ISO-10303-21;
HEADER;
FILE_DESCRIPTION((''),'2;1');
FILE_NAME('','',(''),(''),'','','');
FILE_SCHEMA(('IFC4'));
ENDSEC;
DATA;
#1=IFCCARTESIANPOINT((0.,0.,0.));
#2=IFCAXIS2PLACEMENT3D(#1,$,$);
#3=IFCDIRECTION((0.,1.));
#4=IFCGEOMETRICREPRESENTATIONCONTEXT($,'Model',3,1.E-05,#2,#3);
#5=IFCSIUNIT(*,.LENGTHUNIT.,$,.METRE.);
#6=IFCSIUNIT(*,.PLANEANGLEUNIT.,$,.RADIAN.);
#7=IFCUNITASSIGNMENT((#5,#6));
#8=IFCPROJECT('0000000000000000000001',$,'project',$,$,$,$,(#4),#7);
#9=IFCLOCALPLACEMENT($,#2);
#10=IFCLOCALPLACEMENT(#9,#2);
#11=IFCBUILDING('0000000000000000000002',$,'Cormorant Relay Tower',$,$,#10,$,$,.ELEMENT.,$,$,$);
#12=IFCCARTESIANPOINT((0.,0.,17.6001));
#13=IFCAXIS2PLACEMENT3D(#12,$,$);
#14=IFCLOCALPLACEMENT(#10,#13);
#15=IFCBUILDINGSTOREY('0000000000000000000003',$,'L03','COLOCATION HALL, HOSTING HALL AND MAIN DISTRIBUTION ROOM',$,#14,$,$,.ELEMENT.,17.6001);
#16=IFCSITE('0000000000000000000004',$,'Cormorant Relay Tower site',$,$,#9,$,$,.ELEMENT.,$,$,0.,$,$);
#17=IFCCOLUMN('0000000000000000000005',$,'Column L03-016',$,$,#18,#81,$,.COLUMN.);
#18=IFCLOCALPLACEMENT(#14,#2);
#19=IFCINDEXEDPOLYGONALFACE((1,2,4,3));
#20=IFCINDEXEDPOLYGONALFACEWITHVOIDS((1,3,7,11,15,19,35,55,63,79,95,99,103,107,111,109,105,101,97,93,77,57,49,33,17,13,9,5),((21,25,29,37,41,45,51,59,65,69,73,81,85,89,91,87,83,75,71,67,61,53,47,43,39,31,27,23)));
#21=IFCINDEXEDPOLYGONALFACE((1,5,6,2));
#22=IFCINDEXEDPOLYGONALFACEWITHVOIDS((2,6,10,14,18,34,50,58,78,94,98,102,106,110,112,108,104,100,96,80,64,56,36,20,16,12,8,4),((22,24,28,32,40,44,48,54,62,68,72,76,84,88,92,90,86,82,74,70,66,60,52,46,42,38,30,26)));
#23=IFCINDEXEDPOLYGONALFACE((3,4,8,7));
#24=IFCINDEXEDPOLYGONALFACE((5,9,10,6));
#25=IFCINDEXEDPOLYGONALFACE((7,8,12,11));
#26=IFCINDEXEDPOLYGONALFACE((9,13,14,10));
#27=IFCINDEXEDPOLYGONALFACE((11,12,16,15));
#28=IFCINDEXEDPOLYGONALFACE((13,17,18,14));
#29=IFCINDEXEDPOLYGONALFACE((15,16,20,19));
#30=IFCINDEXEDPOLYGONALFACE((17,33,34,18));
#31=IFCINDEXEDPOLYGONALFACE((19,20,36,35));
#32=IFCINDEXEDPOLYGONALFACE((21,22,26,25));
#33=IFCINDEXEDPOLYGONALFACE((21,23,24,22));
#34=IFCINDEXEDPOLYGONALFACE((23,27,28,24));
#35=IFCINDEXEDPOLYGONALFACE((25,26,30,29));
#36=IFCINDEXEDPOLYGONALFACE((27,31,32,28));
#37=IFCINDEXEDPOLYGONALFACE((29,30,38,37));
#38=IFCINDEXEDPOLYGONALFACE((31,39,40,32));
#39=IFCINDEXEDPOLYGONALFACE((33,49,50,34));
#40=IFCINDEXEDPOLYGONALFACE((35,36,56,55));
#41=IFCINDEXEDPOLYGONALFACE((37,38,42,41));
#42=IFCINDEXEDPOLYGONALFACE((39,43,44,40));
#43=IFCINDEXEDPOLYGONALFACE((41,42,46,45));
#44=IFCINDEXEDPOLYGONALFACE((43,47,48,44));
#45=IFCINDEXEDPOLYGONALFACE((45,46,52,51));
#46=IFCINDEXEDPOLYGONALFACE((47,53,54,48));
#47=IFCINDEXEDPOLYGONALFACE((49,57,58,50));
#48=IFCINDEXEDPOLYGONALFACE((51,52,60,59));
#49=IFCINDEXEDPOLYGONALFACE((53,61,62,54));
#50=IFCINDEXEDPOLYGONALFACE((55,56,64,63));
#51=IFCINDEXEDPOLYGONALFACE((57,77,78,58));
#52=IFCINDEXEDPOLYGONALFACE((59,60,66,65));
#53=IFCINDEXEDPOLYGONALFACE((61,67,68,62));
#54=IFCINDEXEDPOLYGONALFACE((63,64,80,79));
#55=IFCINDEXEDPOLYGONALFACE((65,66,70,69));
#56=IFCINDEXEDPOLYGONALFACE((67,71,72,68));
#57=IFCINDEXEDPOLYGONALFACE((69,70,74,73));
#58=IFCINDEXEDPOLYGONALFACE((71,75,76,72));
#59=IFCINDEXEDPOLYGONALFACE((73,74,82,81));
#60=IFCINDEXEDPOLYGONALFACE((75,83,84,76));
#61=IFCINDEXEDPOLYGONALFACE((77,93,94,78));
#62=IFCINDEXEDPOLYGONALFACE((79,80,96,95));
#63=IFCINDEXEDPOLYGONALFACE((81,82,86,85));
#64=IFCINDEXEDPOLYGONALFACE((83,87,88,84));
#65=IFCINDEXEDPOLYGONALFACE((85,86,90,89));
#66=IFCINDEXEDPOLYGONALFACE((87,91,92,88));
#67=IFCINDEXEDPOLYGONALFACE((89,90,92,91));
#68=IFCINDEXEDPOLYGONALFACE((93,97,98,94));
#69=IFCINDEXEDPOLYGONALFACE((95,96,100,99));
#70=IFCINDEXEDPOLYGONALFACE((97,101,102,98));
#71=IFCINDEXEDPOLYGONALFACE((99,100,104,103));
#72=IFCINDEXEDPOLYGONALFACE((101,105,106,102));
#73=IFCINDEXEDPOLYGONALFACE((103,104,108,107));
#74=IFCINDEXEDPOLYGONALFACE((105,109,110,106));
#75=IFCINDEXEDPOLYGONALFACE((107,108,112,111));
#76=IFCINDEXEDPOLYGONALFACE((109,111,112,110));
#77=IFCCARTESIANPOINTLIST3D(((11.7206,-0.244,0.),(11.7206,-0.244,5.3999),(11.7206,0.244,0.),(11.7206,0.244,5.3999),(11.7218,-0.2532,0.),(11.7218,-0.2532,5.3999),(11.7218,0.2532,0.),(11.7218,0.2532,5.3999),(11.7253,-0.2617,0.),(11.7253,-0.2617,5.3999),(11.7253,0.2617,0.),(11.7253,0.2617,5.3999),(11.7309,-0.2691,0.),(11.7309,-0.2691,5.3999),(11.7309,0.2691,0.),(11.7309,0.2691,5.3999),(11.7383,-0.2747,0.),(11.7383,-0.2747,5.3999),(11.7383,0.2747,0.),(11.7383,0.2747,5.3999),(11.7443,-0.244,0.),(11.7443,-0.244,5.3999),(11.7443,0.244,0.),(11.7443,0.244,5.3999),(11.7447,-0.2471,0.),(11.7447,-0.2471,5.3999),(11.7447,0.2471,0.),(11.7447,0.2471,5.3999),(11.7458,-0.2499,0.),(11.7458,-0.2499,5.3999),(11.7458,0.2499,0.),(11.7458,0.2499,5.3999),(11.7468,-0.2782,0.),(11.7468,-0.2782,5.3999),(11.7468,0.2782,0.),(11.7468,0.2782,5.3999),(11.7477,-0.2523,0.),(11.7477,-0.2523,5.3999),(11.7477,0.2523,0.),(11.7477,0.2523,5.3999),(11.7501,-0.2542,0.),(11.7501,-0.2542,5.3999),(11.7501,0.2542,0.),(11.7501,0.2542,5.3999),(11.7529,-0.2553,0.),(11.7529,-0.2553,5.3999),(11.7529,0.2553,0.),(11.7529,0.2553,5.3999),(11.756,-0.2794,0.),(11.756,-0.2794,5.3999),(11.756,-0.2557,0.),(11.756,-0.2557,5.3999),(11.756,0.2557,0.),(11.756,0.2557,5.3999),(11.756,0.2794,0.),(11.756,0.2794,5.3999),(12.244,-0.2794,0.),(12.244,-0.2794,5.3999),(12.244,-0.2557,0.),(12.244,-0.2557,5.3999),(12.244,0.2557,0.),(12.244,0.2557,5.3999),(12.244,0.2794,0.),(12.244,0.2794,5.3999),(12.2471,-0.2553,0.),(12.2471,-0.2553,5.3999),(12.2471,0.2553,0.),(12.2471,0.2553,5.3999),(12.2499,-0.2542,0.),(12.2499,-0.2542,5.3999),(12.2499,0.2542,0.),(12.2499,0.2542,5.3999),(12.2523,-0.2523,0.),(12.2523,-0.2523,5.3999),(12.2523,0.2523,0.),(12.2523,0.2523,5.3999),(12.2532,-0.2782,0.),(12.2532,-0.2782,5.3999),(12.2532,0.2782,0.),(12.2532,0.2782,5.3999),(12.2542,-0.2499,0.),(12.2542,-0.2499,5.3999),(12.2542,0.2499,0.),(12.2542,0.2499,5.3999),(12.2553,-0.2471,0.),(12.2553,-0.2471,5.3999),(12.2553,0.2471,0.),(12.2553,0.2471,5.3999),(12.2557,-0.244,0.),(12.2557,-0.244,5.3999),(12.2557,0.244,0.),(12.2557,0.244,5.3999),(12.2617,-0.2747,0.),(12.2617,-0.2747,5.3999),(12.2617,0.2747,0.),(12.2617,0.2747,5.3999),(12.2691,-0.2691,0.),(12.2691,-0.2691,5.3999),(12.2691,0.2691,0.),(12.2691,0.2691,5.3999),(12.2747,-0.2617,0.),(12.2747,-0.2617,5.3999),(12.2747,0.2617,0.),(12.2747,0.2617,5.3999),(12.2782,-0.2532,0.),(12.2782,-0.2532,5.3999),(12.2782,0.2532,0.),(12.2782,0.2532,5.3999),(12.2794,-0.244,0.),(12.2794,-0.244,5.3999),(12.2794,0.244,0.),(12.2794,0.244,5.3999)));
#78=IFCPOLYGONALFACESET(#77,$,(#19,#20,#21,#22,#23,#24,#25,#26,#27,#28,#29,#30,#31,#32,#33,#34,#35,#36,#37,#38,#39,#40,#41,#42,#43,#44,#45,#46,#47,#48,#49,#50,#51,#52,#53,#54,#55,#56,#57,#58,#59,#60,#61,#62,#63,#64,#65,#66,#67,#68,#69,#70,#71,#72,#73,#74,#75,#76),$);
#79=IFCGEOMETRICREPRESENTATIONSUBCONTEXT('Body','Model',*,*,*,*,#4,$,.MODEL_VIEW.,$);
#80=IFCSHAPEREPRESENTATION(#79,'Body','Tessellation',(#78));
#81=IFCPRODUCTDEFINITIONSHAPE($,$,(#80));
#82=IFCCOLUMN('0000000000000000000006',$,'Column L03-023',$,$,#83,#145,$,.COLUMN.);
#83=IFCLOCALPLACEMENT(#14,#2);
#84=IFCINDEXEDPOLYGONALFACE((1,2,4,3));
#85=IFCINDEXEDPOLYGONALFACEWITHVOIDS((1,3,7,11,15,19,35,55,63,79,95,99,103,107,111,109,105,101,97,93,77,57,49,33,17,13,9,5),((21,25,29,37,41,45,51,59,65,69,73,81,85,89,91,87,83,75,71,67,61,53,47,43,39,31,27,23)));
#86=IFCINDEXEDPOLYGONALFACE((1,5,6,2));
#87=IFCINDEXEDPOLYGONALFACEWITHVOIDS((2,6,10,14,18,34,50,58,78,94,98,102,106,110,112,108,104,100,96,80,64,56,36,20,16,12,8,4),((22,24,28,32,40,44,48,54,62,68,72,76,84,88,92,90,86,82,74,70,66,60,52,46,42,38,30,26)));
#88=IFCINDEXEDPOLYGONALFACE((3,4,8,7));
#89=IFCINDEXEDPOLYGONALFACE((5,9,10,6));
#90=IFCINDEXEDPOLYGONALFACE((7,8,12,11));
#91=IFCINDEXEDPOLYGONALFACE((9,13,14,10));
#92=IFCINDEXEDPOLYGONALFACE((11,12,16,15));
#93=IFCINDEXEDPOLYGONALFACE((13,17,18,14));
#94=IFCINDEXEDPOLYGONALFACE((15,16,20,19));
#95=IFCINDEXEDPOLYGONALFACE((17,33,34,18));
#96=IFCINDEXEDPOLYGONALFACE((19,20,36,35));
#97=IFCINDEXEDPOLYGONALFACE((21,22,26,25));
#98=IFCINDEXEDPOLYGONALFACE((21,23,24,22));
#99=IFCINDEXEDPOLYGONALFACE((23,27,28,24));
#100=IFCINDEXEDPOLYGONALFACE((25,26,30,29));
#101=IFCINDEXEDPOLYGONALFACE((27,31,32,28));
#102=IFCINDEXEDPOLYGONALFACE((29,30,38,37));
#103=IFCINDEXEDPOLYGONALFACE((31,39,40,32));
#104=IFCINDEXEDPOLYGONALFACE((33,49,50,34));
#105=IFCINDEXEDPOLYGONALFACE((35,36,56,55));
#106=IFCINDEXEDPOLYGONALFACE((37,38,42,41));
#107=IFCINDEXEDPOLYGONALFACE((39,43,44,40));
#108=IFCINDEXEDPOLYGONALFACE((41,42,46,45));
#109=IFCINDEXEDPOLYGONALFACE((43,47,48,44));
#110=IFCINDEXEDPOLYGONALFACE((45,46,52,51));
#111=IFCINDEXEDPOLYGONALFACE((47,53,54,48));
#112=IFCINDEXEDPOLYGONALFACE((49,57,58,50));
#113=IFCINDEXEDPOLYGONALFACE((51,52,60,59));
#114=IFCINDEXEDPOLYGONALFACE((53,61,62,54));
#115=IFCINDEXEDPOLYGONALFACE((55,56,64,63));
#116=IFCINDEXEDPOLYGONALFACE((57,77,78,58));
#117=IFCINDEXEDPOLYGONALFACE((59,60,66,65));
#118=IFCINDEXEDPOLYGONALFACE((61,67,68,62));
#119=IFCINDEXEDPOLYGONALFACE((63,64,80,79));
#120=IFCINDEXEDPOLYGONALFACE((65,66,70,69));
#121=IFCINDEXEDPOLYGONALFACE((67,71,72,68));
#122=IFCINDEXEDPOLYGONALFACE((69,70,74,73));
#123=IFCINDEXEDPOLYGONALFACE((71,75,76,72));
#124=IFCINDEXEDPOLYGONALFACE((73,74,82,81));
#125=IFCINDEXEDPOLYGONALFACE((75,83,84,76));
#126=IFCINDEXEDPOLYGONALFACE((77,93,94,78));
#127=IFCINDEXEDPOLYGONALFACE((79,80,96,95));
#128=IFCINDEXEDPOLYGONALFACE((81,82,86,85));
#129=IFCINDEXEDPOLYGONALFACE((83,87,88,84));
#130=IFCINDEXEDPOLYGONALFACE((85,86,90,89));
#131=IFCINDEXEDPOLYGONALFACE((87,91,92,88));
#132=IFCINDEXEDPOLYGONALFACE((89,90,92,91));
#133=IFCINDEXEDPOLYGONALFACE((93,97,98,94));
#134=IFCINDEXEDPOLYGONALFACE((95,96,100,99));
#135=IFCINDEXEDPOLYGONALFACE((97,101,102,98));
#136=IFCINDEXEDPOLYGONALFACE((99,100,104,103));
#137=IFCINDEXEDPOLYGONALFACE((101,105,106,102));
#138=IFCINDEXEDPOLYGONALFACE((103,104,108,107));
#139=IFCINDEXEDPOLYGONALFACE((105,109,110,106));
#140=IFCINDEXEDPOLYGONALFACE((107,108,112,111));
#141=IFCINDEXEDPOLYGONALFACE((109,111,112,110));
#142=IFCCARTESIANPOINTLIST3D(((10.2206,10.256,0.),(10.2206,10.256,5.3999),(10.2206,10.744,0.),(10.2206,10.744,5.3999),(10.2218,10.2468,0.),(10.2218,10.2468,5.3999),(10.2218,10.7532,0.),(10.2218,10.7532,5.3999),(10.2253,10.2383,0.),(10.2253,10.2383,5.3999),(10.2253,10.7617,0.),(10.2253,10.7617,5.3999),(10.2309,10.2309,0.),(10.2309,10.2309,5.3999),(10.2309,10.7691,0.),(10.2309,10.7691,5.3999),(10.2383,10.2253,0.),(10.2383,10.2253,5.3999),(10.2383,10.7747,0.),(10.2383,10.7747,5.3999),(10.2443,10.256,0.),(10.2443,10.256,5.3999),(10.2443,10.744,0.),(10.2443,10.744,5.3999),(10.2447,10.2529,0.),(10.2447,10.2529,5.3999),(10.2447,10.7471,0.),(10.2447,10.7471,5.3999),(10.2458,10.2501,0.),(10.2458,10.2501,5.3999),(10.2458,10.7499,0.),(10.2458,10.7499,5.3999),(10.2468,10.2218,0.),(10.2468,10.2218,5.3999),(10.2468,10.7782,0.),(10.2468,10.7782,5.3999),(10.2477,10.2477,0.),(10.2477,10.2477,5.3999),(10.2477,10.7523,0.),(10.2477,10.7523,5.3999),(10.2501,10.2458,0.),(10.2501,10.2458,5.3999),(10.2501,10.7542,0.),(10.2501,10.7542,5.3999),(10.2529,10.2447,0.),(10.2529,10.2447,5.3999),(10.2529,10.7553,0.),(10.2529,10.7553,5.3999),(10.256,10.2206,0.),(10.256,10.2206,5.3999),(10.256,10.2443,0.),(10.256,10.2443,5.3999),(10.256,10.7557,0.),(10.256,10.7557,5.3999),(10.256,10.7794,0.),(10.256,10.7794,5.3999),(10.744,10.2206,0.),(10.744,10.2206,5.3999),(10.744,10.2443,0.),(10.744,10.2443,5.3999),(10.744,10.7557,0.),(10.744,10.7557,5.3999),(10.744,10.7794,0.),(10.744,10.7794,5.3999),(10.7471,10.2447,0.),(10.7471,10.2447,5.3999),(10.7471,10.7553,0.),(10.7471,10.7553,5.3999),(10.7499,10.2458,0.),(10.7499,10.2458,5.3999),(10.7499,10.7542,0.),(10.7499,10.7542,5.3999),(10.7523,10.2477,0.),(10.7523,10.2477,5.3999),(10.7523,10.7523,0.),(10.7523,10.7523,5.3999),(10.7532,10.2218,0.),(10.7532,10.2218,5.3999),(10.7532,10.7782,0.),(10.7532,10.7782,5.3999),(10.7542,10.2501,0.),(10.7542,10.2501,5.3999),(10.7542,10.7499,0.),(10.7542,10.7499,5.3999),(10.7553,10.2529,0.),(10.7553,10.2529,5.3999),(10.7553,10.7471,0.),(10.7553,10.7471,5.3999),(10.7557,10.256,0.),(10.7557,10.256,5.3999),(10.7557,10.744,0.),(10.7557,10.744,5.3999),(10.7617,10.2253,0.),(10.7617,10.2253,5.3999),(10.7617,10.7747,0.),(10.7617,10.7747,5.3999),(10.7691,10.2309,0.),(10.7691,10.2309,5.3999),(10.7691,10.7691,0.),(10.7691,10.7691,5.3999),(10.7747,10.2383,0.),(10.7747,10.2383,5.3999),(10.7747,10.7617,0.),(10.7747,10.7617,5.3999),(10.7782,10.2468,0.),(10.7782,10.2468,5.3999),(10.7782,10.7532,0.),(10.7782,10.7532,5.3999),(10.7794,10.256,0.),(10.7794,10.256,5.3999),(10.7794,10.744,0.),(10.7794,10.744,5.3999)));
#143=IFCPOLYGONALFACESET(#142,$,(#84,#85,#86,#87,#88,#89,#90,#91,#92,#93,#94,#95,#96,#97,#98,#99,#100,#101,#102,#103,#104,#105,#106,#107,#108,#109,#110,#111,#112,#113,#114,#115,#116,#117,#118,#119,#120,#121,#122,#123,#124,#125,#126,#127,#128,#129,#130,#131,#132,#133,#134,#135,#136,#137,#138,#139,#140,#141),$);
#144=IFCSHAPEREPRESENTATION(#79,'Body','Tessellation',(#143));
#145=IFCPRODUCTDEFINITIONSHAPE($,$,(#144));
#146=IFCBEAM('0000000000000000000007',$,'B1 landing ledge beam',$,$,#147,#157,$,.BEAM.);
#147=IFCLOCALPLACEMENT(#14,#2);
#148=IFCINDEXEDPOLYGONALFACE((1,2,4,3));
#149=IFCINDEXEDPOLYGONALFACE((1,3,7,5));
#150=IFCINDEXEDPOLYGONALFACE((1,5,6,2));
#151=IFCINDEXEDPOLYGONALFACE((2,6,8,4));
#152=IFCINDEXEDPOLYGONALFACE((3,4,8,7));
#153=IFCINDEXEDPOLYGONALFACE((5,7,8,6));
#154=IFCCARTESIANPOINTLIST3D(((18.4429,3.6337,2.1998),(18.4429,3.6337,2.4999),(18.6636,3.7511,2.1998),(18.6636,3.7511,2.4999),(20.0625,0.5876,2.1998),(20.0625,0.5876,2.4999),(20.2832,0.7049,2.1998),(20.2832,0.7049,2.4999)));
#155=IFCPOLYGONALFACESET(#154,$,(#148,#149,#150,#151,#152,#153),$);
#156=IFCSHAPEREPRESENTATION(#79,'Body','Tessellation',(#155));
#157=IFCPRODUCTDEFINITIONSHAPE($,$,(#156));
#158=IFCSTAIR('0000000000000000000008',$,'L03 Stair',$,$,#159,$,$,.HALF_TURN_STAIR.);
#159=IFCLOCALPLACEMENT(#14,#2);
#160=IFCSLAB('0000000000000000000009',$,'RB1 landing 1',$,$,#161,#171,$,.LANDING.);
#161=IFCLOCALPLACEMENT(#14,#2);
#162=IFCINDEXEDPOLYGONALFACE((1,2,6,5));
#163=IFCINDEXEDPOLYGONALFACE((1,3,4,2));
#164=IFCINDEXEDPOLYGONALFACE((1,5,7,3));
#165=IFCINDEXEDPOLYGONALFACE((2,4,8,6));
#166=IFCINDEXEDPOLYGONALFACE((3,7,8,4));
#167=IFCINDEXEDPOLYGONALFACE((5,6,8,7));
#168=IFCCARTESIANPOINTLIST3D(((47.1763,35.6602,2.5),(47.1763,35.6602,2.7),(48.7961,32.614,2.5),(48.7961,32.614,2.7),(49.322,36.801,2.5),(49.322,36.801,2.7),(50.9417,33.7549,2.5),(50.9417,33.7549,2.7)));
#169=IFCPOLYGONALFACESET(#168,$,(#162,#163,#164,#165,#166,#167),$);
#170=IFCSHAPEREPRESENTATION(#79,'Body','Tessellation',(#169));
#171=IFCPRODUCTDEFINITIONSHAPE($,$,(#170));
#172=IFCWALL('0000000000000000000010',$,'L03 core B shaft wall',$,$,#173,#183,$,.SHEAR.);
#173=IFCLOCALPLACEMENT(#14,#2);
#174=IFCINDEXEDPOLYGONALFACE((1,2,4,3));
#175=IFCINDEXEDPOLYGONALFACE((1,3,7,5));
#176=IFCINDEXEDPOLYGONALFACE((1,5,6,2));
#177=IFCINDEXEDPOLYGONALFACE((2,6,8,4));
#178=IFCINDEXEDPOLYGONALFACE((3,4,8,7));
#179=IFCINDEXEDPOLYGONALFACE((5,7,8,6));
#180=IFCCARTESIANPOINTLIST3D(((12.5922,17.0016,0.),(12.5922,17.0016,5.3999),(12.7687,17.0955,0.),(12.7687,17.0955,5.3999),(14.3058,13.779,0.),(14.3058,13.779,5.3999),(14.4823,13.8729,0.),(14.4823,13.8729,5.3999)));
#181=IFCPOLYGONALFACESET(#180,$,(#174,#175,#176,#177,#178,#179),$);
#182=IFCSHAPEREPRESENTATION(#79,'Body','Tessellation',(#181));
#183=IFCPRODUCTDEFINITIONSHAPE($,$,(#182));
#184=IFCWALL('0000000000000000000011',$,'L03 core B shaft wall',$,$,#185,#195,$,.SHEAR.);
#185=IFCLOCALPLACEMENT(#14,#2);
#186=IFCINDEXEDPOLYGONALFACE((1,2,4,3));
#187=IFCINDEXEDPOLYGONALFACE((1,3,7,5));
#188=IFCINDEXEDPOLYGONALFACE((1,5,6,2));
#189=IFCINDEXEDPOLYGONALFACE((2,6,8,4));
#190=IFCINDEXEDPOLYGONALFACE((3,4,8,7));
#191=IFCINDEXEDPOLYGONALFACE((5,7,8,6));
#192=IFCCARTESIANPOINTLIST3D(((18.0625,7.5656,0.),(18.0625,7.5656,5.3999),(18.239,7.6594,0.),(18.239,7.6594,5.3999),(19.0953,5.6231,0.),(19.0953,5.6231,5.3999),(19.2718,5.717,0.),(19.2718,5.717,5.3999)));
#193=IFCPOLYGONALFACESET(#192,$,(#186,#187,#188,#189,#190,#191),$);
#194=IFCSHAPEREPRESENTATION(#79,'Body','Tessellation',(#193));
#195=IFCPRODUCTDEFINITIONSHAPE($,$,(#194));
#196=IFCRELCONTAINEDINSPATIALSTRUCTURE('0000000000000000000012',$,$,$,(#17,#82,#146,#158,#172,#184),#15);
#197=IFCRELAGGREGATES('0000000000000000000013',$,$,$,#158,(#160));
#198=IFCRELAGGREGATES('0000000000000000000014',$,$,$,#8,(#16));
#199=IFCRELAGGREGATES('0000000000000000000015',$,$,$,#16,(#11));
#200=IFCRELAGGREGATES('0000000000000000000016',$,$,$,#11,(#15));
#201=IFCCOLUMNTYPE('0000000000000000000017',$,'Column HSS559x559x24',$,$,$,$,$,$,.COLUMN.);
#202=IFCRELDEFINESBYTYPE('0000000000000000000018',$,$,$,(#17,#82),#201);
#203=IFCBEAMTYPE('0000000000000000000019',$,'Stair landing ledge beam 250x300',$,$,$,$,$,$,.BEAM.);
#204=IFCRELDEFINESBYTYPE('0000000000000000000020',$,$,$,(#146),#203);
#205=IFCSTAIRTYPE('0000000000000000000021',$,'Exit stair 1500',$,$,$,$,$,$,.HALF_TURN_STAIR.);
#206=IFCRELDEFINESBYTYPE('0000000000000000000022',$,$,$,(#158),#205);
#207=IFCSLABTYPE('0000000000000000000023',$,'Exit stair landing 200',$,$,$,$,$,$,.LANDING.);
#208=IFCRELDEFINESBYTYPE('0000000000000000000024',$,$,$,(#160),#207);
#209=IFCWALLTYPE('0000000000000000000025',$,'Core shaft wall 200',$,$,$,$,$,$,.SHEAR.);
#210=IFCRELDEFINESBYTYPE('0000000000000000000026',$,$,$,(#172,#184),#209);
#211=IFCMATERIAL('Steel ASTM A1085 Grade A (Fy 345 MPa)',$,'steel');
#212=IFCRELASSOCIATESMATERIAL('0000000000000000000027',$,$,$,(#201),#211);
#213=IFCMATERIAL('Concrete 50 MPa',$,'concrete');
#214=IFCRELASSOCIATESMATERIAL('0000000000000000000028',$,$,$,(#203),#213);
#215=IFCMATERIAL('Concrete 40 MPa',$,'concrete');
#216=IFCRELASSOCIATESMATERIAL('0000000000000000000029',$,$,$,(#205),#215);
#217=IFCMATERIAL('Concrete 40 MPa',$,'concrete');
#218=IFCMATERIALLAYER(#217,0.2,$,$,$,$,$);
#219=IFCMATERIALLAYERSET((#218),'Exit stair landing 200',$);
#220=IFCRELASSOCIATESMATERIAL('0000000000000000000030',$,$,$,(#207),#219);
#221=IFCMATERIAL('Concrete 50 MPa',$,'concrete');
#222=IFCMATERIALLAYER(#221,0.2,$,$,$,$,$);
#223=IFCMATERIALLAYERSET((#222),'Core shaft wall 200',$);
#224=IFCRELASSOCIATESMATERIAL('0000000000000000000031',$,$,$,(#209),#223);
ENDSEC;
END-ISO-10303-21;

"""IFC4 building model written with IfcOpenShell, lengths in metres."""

from ifc_helpers import new_model, si_unit, direction, frame, frame_2d, origin, origin_2d, place, context, subcontext, project, spatial, polyline, rectangle, hollow_rectangle, outline, extrude, material, layer, layer_set, material_profile, profile_set, type_object, element, aggregate, save


model = new_model("IFC4")

# Units and contexts
model_context = context("Model", 3, precision=1e-05, world=origin(), true_north=direction((0.0, 1.0)))
body_context = subcontext(model_context, "Body", "Model", "MODEL_VIEW")
ifc_project = project(units=[si_unit("LENGTHUNIT", "METRE"), si_unit("PLANEANGLEUNIT", "RADIAN")], contexts=[model_context])

# Site, building, storey
site_placement = place(None, origin())
site = spatial("IfcSite", under=ifc_project, at=site_placement, Name="Cormorant Relay Tower site", CompositionType="ELEMENT", RefElevation=0.0)
building_placement = place(site_placement, origin())
building = spatial("IfcBuilding", under=site, at=building_placement, Name="Cormorant Relay Tower", CompositionType="ELEMENT")
storey_placement = place(building_placement, frame((0.0, 0.0, 17.6001)))
storey = spatial("IfcBuildingStorey", under=building, at=storey_placement, Name="L03", Description="COLOCATION HALL, HOSTING HALL AND MAIN DISTRIBUTION ROOM", CompositionType="ELEMENT", Elevation=17.6001)

# Columns
ifc_material_1 = material(Name="Steel ASTM A1085 Grade A (Fy 345 MPa)", Category="steel")
ifc_material_profile_1 = material_profile(ifc_material_1, hollow_rectangle(XDim=0.5588, YDim=0.5588, WallThickness=0.0237, InnerFilletRadius=0.0117, OuterFilletRadius=0.0354, at=origin_2d()), Name="HSS559x559x24")
ifc_profile_set_1 = profile_set([ifc_material_profile_1], Name="Steel ASTM A1085 Grade A (Fy 345 MPa)")
column_type = type_object("IfcColumnType", Name="Column HSS559x559x24", PredefinedType="COLUMN", material=ifc_profile_set_1)
for number, where, z_axis, x_axis, name in (
    (1, (12.0, 0.0, 0.0), (0.0, 0.0, 1.0), (1.0, 0.0, 0.0), "Column L03-016"),
    (2, (10.5, 10.5, 0.0), (0.0, 0.0, 1.0), (1.0, 0.0, 0.0), "Column L03-023"),
):
    element("IfcColumn", number, at=place(storey_placement, frame(where, z_axis=z_axis, x_axis=x_axis)), inside=storey, type_object=column_type, Name=name, PredefinedType="COLUMN", context=body_context, shape_type="SweptSolid", body=[
        extrude(hollow_rectangle(XDim=0.5588, YDim=0.5588, WallThickness=0.0237, InnerFilletRadius=0.0117, OuterFilletRadius=0.0354, at=origin_2d()), origin(), (0.0, 0.0, 1.0), 5.3999),
    ])

# Beam
ifc_material_2 = material(Name="Concrete 50 MPa", Category="concrete")
ifc_material_profile_2 = material_profile(ifc_material_2, rectangle(XDim=0.25, YDim=0.3, at=origin_2d()), Name="RC 250x300")
ifc_profile_set_2 = profile_set([ifc_material_profile_2], Name="Concrete 50 MPa")
beam_type = type_object("IfcBeamType", Name="Stair landing ledge beam 250x300", PredefinedType="BEAM", material=ifc_profile_set_2)
beam_placement = place(storey_placement, frame((18.5532, 3.6924, 2.3499), z_axis=(0.469464, -0.882952, 0.0), x_axis=(0.882952, 0.469464, 0.0)))
element("IfcBeam", 3, at=beam_placement, inside=storey, type_object=beam_type, Name="B1 landing ledge beam", PredefinedType="BEAM", context=body_context, shape_type="SweptSolid", body=[
    extrude(rectangle(XDim=0.25, YDim=0.3, at=origin_2d()), origin(), (0.0, 0.0, 1.0), 3.45),
])

# Stair, slab
ifc_material_3 = material(Name="Concrete 40 MPa", Category="concrete")
stair_type = type_object("IfcStairType", Name="Exit stair 1500", PredefinedType="HALF_TURN_STAIR", material=ifc_material_3)
stair_placement = place(storey_placement, origin())
stair = element("IfcStair", 4, at=stair_placement, inside=storey, type_object=stair_type, Name="L03 Stair", PredefinedType="HALF_TURN_STAIR")
ifc_material_4 = material(Name="Concrete 40 MPa", Category="concrete")
ifc_layer_1 = layer(ifc_material_4, 0.2)
ifc_layer_set_1 = layer_set([ifc_layer_1], Name="Exit stair landing 200")
slab_type = type_object("IfcSlabType", Name="Exit stair landing 200", PredefinedType="LANDING", material=ifc_layer_set_1)
slab_placement = place(storey_placement, frame((0.0, 0.0, 2.5)))
slab = element("IfcSlab", 5, at=slab_placement, type_object=slab_type, Name="RB1 landing 1", PredefinedType="LANDING", context=body_context, shape_type="SweptSolid", body=[
    extrude(outline(polyline([(48.7961, 32.614), (50.9417, 33.7549), (49.322, 36.801), (47.1763, 35.6602), (48.7961, 32.614)])), origin(), (0.0, 0.0, 1.0), 0.2),
])
aggregate(stair, [slab])

# Walls
ifc_material_5 = material(Name="Concrete 50 MPa", Category="concrete")
ifc_layer_2 = layer(ifc_material_5, 0.2)
ifc_layer_set_2 = layer_set([ifc_layer_2], Name="Core shaft wall 200")
wall_type_1 = type_object("IfcWallType", Name="Core shaft wall 200", PredefinedType="SHEAR", material=ifc_layer_set_2)
wall_1_placement = place(storey_placement, frame((14.394, 13.8259, 0.0), z_axis=(0.0, 0.0, 1.0), x_axis=(-0.469494, 0.882936, 0.0)))
element("IfcWall", 6, at=wall_1_placement, inside=storey, type_object=wall_type_1, Name="L03 core B shaft wall", PredefinedType="SHEAR", context=body_context, shape_type="SweptSolid", body=[
    extrude(rectangle(XDim=3.6499, YDim=0.2, at=frame_2d((1.825, 0.0))), origin(), (0.0, 0.0, 1.0), 5.3999),
])
wall_2_placement = place(storey_placement, frame((19.1836, 5.6699, 0.0), z_axis=(0.0, 0.0, 1.0), x_axis=(-0.469447, 0.88296, 0.0)))
element("IfcWall", 7, at=wall_2_placement, inside=storey, type_object=wall_type_1, Name="L03 core B shaft wall", PredefinedType="SHEAR", context=body_context, shape_type="SweptSolid", body=[
    extrude(rectangle(XDim=2.2, YDim=0.2, at=frame_2d((1.1001, 0.0))), origin(), (0.0, 0.0, 1.0), 5.3999),
])

save(model, "model.ifc")
